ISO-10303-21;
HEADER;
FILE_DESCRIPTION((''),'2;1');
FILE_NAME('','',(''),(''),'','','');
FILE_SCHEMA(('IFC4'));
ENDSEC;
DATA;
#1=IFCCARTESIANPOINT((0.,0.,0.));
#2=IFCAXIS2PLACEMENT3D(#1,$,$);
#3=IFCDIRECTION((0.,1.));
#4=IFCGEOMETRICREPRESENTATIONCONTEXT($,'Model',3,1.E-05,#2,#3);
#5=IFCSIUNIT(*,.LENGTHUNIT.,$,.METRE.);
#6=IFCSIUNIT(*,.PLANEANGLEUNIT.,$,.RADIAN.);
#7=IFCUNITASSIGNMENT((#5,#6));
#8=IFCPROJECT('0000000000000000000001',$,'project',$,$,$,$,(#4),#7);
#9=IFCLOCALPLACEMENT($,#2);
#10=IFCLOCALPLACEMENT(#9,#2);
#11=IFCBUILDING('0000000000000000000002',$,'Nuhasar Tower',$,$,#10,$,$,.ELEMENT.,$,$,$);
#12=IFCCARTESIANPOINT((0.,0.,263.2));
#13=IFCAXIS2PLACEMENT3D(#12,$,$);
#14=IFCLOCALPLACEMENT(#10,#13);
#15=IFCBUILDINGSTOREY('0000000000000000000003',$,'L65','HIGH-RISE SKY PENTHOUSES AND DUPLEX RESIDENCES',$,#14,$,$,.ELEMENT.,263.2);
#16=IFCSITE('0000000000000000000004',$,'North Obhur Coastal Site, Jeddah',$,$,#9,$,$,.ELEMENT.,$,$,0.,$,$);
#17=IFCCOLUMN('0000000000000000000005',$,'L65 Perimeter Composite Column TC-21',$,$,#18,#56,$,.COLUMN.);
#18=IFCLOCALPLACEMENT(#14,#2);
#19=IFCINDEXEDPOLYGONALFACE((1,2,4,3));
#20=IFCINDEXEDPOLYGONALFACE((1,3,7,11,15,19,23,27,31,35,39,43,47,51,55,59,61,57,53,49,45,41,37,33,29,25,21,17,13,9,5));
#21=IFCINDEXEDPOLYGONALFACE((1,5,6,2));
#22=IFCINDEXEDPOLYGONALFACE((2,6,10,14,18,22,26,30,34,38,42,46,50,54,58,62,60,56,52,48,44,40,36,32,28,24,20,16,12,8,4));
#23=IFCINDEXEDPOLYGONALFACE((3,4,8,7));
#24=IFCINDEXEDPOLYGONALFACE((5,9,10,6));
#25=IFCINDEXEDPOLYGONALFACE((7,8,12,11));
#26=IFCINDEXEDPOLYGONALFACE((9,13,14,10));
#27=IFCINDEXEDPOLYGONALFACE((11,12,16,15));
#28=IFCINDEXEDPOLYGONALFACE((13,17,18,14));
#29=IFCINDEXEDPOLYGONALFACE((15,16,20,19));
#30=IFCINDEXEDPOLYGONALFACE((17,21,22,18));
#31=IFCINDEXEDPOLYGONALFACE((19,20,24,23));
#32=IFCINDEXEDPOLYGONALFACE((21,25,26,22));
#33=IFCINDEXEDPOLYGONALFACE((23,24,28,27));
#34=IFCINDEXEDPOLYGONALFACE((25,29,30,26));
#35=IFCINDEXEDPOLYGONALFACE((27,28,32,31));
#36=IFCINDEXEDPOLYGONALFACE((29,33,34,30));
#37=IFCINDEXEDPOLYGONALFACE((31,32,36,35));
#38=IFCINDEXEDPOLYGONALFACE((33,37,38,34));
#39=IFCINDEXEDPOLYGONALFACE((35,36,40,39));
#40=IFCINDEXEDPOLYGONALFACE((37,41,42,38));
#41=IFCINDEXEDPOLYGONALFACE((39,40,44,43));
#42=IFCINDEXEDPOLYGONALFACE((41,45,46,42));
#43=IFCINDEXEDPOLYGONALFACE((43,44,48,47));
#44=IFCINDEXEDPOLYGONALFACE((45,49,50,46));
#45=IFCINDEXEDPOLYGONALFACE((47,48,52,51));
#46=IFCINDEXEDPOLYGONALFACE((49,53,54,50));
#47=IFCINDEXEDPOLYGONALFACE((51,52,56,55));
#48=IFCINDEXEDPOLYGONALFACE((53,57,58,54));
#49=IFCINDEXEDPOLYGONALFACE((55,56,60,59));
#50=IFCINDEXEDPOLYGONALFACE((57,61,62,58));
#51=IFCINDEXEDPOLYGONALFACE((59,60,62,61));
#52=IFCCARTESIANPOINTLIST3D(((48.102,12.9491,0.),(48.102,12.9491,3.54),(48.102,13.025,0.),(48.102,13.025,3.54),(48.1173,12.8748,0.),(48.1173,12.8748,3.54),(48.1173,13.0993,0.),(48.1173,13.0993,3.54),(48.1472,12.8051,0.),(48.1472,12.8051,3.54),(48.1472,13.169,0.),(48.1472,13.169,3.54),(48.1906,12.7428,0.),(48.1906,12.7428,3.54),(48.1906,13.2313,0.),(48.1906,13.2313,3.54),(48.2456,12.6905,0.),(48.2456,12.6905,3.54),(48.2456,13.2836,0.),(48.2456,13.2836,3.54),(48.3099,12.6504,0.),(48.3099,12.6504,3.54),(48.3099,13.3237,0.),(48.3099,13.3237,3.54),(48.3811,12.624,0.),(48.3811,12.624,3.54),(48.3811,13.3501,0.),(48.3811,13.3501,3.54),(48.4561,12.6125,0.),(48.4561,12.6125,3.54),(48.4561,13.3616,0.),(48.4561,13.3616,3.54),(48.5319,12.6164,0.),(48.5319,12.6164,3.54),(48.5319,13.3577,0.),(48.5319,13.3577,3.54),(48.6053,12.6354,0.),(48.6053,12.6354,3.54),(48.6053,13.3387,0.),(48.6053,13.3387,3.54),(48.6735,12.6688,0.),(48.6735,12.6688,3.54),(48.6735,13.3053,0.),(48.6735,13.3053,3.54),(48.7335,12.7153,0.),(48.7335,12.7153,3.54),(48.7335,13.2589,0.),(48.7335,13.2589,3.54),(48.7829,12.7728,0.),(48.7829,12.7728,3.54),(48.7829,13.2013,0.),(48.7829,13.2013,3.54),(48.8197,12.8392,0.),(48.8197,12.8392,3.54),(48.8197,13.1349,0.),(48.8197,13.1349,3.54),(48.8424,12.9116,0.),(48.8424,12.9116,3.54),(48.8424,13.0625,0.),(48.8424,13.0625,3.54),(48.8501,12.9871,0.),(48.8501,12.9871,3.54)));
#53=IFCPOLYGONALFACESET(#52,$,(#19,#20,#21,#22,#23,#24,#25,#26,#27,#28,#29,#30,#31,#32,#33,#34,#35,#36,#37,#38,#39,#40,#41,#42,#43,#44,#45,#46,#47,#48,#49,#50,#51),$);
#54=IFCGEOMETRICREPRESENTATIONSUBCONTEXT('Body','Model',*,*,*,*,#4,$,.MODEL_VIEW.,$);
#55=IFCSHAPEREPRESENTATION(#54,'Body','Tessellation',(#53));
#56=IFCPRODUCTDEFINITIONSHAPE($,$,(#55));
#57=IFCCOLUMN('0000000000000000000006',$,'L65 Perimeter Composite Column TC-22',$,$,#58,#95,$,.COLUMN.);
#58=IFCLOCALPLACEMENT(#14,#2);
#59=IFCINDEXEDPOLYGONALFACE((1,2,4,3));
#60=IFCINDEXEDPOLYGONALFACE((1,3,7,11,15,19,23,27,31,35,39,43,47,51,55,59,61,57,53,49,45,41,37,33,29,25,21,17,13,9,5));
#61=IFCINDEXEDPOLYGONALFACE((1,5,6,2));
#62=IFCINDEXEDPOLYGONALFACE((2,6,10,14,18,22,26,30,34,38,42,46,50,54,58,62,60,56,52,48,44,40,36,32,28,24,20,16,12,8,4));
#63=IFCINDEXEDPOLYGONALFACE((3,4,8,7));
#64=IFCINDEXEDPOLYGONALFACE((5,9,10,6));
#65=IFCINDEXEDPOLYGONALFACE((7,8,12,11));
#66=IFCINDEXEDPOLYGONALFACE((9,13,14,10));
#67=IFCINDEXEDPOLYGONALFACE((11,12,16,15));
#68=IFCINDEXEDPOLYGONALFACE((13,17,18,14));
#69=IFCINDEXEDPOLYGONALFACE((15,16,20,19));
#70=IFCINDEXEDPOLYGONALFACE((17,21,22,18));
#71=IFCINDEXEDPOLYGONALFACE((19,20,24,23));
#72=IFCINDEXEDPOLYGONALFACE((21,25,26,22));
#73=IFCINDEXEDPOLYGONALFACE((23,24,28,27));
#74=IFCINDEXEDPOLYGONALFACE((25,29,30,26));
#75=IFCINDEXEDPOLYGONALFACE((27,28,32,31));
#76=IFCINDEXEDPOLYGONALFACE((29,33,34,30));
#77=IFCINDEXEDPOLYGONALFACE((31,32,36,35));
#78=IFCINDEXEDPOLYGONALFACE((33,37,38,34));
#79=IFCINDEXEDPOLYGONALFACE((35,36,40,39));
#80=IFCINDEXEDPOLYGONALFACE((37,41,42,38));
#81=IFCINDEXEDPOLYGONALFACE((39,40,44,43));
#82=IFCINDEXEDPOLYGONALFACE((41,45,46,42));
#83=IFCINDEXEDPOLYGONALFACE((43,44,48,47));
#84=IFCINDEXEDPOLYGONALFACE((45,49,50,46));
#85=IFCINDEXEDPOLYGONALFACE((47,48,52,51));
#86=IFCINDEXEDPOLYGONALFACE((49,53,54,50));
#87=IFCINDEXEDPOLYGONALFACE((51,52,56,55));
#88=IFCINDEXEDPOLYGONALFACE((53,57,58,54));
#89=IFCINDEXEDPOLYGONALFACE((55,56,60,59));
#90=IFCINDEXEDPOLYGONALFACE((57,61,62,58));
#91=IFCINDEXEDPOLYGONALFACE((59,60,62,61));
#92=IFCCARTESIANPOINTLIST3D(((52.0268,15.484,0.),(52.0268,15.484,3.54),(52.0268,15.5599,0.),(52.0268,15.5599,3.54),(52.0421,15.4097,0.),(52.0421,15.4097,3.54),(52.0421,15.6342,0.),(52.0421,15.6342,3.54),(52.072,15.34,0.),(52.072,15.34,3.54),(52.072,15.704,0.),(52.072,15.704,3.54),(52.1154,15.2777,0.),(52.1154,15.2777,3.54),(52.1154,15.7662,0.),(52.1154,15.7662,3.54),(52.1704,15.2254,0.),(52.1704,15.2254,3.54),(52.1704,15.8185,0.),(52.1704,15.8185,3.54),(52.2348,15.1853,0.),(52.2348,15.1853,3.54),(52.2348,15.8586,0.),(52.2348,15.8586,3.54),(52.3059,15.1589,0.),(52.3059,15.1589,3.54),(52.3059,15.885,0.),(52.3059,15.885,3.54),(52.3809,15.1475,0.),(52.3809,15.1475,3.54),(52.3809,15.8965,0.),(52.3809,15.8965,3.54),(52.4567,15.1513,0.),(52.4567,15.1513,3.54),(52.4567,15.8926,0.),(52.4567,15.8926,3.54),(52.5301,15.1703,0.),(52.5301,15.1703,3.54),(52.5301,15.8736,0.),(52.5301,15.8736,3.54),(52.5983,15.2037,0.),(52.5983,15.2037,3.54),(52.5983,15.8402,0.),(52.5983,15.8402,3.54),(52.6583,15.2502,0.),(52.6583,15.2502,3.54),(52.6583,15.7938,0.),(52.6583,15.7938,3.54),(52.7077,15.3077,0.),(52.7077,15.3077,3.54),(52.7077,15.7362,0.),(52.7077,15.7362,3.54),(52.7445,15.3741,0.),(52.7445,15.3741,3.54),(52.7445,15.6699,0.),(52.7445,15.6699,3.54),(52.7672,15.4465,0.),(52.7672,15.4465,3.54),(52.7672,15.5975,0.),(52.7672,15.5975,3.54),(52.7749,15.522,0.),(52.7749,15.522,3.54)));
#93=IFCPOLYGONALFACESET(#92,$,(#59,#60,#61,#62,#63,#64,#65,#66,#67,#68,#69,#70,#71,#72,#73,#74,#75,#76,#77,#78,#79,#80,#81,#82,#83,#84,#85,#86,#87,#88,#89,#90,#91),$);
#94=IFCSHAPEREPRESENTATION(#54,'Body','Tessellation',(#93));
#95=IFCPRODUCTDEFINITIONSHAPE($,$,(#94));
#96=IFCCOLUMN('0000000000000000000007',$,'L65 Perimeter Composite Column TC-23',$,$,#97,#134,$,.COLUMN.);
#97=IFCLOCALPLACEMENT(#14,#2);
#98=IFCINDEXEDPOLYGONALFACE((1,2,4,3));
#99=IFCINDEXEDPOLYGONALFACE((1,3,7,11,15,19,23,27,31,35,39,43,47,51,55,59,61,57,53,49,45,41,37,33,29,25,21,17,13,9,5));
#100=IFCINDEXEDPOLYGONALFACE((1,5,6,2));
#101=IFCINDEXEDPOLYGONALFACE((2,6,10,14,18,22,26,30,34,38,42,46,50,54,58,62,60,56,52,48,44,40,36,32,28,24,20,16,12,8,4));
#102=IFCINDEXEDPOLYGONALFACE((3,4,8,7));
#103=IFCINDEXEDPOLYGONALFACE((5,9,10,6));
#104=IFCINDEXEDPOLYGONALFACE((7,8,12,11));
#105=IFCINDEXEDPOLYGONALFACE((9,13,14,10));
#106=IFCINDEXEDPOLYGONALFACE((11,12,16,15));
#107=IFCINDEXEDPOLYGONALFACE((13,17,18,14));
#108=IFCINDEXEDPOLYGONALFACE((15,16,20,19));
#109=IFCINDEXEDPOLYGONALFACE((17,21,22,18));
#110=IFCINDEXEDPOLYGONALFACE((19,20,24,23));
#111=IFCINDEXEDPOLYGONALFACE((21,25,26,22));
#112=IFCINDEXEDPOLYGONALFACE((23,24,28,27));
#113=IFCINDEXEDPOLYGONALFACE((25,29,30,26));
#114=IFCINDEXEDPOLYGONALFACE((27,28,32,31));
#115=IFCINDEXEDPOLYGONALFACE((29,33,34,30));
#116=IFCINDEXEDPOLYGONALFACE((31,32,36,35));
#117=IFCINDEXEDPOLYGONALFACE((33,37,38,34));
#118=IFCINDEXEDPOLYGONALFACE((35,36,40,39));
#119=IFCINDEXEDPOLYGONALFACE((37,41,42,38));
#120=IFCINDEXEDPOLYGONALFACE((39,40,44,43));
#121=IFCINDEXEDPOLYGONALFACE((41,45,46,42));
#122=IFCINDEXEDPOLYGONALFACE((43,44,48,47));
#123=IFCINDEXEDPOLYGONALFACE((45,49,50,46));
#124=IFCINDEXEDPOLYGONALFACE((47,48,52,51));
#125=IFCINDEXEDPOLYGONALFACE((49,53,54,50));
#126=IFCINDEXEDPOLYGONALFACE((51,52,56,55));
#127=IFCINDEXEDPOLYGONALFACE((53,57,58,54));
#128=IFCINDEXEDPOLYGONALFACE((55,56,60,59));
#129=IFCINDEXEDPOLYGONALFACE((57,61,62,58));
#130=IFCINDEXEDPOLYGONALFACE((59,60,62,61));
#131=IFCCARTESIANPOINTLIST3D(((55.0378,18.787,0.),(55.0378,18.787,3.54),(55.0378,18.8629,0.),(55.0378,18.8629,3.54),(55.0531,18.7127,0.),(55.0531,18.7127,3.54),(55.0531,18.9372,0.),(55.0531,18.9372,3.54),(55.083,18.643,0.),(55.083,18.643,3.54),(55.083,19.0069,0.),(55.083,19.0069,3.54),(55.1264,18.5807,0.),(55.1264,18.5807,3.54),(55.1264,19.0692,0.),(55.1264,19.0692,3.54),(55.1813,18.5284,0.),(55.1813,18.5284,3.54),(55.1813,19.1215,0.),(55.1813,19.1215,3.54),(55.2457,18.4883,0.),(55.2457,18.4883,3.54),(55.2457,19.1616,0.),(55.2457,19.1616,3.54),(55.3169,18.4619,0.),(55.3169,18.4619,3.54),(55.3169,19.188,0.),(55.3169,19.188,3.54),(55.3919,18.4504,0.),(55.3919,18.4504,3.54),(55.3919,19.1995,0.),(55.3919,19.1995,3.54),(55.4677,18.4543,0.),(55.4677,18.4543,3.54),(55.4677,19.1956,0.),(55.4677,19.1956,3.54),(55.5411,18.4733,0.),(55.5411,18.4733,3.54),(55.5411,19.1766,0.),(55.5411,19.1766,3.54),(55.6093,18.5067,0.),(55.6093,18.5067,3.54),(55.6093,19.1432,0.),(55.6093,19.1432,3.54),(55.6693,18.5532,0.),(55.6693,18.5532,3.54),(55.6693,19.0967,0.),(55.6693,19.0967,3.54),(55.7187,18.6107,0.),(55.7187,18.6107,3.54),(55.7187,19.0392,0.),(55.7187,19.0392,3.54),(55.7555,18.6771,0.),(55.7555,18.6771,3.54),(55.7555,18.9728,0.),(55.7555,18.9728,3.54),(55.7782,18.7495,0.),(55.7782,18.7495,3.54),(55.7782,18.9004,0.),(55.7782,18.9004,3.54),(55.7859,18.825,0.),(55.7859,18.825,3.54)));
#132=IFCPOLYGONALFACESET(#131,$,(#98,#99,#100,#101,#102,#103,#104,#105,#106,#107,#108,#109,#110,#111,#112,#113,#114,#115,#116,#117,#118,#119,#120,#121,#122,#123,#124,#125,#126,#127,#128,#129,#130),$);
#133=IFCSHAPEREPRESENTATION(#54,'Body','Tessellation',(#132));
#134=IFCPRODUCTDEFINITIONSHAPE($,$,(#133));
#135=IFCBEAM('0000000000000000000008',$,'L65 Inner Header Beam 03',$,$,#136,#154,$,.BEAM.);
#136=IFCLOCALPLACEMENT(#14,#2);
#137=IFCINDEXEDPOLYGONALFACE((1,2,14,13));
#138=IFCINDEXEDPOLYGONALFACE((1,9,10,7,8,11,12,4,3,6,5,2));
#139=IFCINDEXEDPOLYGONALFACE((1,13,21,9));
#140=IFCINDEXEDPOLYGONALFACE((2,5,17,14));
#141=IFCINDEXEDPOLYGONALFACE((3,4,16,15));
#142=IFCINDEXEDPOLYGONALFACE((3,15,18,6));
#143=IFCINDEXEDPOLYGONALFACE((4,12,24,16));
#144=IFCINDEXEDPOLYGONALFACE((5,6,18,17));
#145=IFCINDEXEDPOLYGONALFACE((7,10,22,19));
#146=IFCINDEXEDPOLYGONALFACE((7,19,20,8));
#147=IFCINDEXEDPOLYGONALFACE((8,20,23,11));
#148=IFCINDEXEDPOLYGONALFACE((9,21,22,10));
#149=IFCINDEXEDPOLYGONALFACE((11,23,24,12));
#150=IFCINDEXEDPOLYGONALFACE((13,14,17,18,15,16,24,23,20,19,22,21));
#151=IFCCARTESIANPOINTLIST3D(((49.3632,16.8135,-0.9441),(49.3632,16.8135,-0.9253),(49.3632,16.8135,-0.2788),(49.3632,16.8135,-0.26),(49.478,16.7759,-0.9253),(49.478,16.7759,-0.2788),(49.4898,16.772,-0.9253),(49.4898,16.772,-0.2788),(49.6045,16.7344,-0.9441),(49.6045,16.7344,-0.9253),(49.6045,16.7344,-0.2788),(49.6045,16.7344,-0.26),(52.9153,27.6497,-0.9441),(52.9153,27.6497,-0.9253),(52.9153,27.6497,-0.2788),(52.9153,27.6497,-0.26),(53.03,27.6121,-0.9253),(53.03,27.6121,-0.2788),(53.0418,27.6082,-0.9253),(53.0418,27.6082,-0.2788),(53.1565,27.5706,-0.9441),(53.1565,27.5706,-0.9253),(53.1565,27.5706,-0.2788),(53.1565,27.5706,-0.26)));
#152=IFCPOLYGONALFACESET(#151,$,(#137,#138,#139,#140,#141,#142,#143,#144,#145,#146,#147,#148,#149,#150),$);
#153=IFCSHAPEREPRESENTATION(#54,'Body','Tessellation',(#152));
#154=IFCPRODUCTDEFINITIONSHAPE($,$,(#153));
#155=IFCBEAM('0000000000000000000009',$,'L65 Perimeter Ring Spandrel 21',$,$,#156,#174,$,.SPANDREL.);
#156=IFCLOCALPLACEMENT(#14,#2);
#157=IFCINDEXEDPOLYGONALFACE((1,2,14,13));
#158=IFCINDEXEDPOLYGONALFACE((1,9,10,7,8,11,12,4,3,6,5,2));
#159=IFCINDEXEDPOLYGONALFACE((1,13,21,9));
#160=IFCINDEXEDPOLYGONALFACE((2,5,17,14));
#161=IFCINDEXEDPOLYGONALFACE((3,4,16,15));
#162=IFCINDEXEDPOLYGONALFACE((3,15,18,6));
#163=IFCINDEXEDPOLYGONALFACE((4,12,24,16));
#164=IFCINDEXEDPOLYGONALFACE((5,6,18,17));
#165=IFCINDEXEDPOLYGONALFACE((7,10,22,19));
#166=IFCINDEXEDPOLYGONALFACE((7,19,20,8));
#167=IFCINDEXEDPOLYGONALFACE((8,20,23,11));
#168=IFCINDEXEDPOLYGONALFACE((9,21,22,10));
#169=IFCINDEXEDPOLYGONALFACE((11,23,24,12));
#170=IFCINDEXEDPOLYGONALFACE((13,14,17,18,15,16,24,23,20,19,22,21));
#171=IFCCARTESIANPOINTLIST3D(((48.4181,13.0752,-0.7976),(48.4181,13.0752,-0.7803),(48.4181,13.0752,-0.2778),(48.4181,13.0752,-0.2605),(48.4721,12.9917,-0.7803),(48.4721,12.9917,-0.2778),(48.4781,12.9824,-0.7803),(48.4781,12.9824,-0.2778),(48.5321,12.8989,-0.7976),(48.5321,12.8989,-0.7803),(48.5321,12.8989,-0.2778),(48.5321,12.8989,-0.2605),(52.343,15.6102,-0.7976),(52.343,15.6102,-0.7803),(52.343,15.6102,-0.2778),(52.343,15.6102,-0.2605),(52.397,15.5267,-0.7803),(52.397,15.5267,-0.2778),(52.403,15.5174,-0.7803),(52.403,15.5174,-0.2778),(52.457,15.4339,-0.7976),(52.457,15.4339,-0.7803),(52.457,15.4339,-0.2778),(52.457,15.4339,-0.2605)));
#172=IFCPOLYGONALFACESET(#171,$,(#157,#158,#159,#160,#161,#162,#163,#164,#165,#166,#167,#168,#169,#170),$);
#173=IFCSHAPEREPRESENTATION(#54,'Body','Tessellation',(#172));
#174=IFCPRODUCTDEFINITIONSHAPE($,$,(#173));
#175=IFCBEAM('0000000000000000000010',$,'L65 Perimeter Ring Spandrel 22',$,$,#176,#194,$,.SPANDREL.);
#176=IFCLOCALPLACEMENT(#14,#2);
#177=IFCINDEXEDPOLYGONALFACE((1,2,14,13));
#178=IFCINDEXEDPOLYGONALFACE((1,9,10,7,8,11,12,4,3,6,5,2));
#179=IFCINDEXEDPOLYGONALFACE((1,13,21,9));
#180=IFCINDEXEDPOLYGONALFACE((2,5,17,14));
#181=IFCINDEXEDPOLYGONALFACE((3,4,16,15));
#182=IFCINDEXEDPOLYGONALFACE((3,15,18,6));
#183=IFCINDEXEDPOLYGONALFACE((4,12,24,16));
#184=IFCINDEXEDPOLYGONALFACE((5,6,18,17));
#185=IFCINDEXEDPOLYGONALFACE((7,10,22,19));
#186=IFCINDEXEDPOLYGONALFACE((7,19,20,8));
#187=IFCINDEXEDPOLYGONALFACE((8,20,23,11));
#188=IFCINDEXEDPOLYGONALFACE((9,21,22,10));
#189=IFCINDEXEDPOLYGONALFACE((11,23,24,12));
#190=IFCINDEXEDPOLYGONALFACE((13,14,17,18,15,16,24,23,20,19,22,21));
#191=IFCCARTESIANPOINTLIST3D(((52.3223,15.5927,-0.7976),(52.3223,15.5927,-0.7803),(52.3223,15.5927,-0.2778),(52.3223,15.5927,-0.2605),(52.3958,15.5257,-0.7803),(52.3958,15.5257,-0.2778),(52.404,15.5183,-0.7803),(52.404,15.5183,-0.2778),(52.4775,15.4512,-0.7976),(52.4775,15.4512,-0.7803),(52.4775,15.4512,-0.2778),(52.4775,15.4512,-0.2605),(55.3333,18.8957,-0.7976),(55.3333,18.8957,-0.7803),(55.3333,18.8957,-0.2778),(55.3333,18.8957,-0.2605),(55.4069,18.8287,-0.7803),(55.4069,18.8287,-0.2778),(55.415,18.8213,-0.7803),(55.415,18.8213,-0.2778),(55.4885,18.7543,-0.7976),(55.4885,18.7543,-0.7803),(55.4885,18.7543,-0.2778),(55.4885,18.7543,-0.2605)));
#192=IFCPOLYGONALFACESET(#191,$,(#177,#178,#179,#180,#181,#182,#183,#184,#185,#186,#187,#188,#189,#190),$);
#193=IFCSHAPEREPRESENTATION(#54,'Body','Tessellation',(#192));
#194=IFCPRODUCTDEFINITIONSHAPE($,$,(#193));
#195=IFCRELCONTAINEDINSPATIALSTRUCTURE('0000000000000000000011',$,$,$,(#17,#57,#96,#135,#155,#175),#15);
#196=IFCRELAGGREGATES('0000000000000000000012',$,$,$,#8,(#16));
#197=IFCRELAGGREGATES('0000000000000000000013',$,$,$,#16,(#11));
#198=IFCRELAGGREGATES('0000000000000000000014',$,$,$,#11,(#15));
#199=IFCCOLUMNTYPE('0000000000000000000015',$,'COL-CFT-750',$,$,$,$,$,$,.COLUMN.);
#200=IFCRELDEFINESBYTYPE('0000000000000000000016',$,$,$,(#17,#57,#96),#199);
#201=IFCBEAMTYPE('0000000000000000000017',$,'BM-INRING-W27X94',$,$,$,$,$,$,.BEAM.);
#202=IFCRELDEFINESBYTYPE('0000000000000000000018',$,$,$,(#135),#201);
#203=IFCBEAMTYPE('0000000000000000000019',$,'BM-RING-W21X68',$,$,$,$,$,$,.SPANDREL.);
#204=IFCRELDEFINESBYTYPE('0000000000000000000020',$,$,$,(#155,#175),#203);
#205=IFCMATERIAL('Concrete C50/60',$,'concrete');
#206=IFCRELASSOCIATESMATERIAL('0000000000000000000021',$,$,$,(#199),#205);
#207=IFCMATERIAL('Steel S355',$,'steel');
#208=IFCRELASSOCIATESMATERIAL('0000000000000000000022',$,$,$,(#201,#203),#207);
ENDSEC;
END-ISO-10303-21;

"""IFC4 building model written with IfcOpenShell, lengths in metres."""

from ifc_helpers import new_model, si_unit, direction, frame, origin, origin_2d, place, context, subcontext, project, spatial, circle, i_section, extrude, material, material_profile, profile_set, type_object, element, save


model = new_model("IFC4")

# Units and contexts
model_context = context("Model", 3, precision=1e-05, world=origin(), true_north=direction((0.0, 1.0)))
body_context = subcontext(model_context, "Body", "Model", "MODEL_VIEW")
ifc_project = project(units=[si_unit("LENGTHUNIT", "METRE"), si_unit("PLANEANGLEUNIT", "RADIAN")], contexts=[model_context])

# Site, building, storey
site_placement = place(None, origin())
site = spatial("IfcSite", under=ifc_project, at=site_placement, Name="North Obhur Coastal Site, Jeddah", CompositionType="ELEMENT", RefElevation=0.0)
building_placement = place(site_placement, origin())
building = spatial("IfcBuilding", under=site, at=building_placement, Name="Nuhasar Tower", CompositionType="ELEMENT")
storey_placement = place(building_placement, frame((0.0, 0.0, 263.2)))
storey = spatial("IfcBuildingStorey", under=building, at=storey_placement, Name="L65", Description="HIGH-RISE SKY PENTHOUSES AND DUPLEX RESIDENCES", CompositionType="ELEMENT", Elevation=263.2)

# Columns
ifc_material_1 = material(Name="Concrete C50/60", Category="concrete")
ifc_material_profile_1 = material_profile(ifc_material_1, circle(Radius=0.375, at=origin_2d()), Name="CFT750")
ifc_profile_set_1 = profile_set([ifc_material_profile_1], Name="Concrete C50/60")
column_type = type_object("IfcColumnType", Name="COL-CFT-750", PredefinedType="COLUMN", material=ifc_profile_set_1)
for number, where, z_axis, x_axis, name in (
    (1, (48.4751, 12.9871, 0.0), (0.0, 0.0, 1.0), (1.0, 0.0, 0.0), "L65 Perimeter Composite Column TC-21"),
    (2, (52.3999, 15.522, 0.0), (0.0, 0.0, 1.0), (1.0, 0.0, 0.0), "L65 Perimeter Composite Column TC-22"),
    (3, (55.4109, 18.825, 0.0), (0.0, 0.0, 1.0), (1.0, 0.0, 0.0), "L65 Perimeter Composite Column TC-23"),
):
    element("IfcColumn", number, at=place(storey_placement, frame(where, z_axis=z_axis, x_axis=x_axis)), inside=storey, type_object=column_type, Name=name, PredefinedType="COLUMN", context=body_context, shape_type="SweptSolid", body=[
        extrude(circle(Radius=0.375, at=origin_2d()), origin(), (0.0, 0.0, 1.0), 3.54),
    ])

# Beams
ifc_material_2 = material(Name="Steel S355", Category="steel")
ifc_material_profile_2 = material_profile(ifc_material_2, i_section(OverallWidth=0.2539, OverallDepth=0.6841, WebThickness=0.0125, FlangeThickness=0.0188, at=origin_2d()), Name="W27X94")
ifc_profile_set_2 = profile_set([ifc_material_profile_2], Name="Steel S355")
beam_type_1 = type_object("IfcBeamType", Name="BM-INRING-W27X94", PredefinedType="BEAM", material=ifc_profile_set_2)
beam_1_placement = place(storey_placement, frame((49.4839, 16.7739, -0.6021), z_axis=(0.311484, 0.950251, 0.0), x_axis=(-0.950251, 0.311484, 0.0)))
element("IfcBeam", 4, at=beam_1_placement, inside=storey, type_object=beam_type_1, Name="L65 Inner Header Beam 03", PredefinedType="BEAM", context=body_context, shape_type="SweptSolid", body=[
    extrude(i_section(OverallWidth=0.2539, OverallDepth=0.6841, WebThickness=0.0125, FlangeThickness=0.0188, at=origin_2d()), origin(), (0.0, 0.0, 1.0), 11.4036),
])
ifc_material_profile_3 = material_profile(ifc_material_2, i_section(OverallWidth=0.21, OverallDepth=0.5371, WebThickness=0.011, FlangeThickness=0.0173, at=origin_2d()), Name="W21X68")
ifc_profile_set_3 = profile_set([ifc_material_profile_3], Name="Steel S355")
beam_type_2 = type_object("IfcBeamType", Name="BM-RING-W21X68", PredefinedType="SPANDREL", material=ifc_profile_set_3)
beam_2_placement = place(storey_placement, frame((48.4751, 12.9871, -0.5291), z_axis=(0.840025, 0.542547, 0.0), x_axis=(-0.542547, 0.840025, 0.0)))
element("IfcBeam", 5, at=beam_2_placement, inside=storey, type_object=beam_type_2, Name="L65 Perimeter Ring Spandrel 21", PredefinedType="SPANDREL", context=body_context, shape_type="SweptSolid", body=[
    extrude(i_section(OverallWidth=0.21, OverallDepth=0.5371, WebThickness=0.011, FlangeThickness=0.0173, at=origin_2d()), origin(), (0.0, 0.0, 1.0), 4.6724),
])
beam_3_placement = place(storey_placement, frame((52.3999, 15.522, -0.5291), z_axis=(0.673686, 0.739017, 0.0), x_axis=(-0.739017, 0.673686, 0.0)))
element("IfcBeam", 6, at=beam_3_placement, inside=storey, type_object=beam_type_2, Name="L65 Perimeter Ring Spandrel 22", PredefinedType="SPANDREL", context=body_context, shape_type="SweptSolid", body=[
    extrude(i_section(OverallWidth=0.21, OverallDepth=0.5371, WebThickness=0.011, FlangeThickness=0.0173, at=origin_2d()), origin(), (0.0, 0.0, 1.0), 4.4695),
])

save(model, "model.ifc")
